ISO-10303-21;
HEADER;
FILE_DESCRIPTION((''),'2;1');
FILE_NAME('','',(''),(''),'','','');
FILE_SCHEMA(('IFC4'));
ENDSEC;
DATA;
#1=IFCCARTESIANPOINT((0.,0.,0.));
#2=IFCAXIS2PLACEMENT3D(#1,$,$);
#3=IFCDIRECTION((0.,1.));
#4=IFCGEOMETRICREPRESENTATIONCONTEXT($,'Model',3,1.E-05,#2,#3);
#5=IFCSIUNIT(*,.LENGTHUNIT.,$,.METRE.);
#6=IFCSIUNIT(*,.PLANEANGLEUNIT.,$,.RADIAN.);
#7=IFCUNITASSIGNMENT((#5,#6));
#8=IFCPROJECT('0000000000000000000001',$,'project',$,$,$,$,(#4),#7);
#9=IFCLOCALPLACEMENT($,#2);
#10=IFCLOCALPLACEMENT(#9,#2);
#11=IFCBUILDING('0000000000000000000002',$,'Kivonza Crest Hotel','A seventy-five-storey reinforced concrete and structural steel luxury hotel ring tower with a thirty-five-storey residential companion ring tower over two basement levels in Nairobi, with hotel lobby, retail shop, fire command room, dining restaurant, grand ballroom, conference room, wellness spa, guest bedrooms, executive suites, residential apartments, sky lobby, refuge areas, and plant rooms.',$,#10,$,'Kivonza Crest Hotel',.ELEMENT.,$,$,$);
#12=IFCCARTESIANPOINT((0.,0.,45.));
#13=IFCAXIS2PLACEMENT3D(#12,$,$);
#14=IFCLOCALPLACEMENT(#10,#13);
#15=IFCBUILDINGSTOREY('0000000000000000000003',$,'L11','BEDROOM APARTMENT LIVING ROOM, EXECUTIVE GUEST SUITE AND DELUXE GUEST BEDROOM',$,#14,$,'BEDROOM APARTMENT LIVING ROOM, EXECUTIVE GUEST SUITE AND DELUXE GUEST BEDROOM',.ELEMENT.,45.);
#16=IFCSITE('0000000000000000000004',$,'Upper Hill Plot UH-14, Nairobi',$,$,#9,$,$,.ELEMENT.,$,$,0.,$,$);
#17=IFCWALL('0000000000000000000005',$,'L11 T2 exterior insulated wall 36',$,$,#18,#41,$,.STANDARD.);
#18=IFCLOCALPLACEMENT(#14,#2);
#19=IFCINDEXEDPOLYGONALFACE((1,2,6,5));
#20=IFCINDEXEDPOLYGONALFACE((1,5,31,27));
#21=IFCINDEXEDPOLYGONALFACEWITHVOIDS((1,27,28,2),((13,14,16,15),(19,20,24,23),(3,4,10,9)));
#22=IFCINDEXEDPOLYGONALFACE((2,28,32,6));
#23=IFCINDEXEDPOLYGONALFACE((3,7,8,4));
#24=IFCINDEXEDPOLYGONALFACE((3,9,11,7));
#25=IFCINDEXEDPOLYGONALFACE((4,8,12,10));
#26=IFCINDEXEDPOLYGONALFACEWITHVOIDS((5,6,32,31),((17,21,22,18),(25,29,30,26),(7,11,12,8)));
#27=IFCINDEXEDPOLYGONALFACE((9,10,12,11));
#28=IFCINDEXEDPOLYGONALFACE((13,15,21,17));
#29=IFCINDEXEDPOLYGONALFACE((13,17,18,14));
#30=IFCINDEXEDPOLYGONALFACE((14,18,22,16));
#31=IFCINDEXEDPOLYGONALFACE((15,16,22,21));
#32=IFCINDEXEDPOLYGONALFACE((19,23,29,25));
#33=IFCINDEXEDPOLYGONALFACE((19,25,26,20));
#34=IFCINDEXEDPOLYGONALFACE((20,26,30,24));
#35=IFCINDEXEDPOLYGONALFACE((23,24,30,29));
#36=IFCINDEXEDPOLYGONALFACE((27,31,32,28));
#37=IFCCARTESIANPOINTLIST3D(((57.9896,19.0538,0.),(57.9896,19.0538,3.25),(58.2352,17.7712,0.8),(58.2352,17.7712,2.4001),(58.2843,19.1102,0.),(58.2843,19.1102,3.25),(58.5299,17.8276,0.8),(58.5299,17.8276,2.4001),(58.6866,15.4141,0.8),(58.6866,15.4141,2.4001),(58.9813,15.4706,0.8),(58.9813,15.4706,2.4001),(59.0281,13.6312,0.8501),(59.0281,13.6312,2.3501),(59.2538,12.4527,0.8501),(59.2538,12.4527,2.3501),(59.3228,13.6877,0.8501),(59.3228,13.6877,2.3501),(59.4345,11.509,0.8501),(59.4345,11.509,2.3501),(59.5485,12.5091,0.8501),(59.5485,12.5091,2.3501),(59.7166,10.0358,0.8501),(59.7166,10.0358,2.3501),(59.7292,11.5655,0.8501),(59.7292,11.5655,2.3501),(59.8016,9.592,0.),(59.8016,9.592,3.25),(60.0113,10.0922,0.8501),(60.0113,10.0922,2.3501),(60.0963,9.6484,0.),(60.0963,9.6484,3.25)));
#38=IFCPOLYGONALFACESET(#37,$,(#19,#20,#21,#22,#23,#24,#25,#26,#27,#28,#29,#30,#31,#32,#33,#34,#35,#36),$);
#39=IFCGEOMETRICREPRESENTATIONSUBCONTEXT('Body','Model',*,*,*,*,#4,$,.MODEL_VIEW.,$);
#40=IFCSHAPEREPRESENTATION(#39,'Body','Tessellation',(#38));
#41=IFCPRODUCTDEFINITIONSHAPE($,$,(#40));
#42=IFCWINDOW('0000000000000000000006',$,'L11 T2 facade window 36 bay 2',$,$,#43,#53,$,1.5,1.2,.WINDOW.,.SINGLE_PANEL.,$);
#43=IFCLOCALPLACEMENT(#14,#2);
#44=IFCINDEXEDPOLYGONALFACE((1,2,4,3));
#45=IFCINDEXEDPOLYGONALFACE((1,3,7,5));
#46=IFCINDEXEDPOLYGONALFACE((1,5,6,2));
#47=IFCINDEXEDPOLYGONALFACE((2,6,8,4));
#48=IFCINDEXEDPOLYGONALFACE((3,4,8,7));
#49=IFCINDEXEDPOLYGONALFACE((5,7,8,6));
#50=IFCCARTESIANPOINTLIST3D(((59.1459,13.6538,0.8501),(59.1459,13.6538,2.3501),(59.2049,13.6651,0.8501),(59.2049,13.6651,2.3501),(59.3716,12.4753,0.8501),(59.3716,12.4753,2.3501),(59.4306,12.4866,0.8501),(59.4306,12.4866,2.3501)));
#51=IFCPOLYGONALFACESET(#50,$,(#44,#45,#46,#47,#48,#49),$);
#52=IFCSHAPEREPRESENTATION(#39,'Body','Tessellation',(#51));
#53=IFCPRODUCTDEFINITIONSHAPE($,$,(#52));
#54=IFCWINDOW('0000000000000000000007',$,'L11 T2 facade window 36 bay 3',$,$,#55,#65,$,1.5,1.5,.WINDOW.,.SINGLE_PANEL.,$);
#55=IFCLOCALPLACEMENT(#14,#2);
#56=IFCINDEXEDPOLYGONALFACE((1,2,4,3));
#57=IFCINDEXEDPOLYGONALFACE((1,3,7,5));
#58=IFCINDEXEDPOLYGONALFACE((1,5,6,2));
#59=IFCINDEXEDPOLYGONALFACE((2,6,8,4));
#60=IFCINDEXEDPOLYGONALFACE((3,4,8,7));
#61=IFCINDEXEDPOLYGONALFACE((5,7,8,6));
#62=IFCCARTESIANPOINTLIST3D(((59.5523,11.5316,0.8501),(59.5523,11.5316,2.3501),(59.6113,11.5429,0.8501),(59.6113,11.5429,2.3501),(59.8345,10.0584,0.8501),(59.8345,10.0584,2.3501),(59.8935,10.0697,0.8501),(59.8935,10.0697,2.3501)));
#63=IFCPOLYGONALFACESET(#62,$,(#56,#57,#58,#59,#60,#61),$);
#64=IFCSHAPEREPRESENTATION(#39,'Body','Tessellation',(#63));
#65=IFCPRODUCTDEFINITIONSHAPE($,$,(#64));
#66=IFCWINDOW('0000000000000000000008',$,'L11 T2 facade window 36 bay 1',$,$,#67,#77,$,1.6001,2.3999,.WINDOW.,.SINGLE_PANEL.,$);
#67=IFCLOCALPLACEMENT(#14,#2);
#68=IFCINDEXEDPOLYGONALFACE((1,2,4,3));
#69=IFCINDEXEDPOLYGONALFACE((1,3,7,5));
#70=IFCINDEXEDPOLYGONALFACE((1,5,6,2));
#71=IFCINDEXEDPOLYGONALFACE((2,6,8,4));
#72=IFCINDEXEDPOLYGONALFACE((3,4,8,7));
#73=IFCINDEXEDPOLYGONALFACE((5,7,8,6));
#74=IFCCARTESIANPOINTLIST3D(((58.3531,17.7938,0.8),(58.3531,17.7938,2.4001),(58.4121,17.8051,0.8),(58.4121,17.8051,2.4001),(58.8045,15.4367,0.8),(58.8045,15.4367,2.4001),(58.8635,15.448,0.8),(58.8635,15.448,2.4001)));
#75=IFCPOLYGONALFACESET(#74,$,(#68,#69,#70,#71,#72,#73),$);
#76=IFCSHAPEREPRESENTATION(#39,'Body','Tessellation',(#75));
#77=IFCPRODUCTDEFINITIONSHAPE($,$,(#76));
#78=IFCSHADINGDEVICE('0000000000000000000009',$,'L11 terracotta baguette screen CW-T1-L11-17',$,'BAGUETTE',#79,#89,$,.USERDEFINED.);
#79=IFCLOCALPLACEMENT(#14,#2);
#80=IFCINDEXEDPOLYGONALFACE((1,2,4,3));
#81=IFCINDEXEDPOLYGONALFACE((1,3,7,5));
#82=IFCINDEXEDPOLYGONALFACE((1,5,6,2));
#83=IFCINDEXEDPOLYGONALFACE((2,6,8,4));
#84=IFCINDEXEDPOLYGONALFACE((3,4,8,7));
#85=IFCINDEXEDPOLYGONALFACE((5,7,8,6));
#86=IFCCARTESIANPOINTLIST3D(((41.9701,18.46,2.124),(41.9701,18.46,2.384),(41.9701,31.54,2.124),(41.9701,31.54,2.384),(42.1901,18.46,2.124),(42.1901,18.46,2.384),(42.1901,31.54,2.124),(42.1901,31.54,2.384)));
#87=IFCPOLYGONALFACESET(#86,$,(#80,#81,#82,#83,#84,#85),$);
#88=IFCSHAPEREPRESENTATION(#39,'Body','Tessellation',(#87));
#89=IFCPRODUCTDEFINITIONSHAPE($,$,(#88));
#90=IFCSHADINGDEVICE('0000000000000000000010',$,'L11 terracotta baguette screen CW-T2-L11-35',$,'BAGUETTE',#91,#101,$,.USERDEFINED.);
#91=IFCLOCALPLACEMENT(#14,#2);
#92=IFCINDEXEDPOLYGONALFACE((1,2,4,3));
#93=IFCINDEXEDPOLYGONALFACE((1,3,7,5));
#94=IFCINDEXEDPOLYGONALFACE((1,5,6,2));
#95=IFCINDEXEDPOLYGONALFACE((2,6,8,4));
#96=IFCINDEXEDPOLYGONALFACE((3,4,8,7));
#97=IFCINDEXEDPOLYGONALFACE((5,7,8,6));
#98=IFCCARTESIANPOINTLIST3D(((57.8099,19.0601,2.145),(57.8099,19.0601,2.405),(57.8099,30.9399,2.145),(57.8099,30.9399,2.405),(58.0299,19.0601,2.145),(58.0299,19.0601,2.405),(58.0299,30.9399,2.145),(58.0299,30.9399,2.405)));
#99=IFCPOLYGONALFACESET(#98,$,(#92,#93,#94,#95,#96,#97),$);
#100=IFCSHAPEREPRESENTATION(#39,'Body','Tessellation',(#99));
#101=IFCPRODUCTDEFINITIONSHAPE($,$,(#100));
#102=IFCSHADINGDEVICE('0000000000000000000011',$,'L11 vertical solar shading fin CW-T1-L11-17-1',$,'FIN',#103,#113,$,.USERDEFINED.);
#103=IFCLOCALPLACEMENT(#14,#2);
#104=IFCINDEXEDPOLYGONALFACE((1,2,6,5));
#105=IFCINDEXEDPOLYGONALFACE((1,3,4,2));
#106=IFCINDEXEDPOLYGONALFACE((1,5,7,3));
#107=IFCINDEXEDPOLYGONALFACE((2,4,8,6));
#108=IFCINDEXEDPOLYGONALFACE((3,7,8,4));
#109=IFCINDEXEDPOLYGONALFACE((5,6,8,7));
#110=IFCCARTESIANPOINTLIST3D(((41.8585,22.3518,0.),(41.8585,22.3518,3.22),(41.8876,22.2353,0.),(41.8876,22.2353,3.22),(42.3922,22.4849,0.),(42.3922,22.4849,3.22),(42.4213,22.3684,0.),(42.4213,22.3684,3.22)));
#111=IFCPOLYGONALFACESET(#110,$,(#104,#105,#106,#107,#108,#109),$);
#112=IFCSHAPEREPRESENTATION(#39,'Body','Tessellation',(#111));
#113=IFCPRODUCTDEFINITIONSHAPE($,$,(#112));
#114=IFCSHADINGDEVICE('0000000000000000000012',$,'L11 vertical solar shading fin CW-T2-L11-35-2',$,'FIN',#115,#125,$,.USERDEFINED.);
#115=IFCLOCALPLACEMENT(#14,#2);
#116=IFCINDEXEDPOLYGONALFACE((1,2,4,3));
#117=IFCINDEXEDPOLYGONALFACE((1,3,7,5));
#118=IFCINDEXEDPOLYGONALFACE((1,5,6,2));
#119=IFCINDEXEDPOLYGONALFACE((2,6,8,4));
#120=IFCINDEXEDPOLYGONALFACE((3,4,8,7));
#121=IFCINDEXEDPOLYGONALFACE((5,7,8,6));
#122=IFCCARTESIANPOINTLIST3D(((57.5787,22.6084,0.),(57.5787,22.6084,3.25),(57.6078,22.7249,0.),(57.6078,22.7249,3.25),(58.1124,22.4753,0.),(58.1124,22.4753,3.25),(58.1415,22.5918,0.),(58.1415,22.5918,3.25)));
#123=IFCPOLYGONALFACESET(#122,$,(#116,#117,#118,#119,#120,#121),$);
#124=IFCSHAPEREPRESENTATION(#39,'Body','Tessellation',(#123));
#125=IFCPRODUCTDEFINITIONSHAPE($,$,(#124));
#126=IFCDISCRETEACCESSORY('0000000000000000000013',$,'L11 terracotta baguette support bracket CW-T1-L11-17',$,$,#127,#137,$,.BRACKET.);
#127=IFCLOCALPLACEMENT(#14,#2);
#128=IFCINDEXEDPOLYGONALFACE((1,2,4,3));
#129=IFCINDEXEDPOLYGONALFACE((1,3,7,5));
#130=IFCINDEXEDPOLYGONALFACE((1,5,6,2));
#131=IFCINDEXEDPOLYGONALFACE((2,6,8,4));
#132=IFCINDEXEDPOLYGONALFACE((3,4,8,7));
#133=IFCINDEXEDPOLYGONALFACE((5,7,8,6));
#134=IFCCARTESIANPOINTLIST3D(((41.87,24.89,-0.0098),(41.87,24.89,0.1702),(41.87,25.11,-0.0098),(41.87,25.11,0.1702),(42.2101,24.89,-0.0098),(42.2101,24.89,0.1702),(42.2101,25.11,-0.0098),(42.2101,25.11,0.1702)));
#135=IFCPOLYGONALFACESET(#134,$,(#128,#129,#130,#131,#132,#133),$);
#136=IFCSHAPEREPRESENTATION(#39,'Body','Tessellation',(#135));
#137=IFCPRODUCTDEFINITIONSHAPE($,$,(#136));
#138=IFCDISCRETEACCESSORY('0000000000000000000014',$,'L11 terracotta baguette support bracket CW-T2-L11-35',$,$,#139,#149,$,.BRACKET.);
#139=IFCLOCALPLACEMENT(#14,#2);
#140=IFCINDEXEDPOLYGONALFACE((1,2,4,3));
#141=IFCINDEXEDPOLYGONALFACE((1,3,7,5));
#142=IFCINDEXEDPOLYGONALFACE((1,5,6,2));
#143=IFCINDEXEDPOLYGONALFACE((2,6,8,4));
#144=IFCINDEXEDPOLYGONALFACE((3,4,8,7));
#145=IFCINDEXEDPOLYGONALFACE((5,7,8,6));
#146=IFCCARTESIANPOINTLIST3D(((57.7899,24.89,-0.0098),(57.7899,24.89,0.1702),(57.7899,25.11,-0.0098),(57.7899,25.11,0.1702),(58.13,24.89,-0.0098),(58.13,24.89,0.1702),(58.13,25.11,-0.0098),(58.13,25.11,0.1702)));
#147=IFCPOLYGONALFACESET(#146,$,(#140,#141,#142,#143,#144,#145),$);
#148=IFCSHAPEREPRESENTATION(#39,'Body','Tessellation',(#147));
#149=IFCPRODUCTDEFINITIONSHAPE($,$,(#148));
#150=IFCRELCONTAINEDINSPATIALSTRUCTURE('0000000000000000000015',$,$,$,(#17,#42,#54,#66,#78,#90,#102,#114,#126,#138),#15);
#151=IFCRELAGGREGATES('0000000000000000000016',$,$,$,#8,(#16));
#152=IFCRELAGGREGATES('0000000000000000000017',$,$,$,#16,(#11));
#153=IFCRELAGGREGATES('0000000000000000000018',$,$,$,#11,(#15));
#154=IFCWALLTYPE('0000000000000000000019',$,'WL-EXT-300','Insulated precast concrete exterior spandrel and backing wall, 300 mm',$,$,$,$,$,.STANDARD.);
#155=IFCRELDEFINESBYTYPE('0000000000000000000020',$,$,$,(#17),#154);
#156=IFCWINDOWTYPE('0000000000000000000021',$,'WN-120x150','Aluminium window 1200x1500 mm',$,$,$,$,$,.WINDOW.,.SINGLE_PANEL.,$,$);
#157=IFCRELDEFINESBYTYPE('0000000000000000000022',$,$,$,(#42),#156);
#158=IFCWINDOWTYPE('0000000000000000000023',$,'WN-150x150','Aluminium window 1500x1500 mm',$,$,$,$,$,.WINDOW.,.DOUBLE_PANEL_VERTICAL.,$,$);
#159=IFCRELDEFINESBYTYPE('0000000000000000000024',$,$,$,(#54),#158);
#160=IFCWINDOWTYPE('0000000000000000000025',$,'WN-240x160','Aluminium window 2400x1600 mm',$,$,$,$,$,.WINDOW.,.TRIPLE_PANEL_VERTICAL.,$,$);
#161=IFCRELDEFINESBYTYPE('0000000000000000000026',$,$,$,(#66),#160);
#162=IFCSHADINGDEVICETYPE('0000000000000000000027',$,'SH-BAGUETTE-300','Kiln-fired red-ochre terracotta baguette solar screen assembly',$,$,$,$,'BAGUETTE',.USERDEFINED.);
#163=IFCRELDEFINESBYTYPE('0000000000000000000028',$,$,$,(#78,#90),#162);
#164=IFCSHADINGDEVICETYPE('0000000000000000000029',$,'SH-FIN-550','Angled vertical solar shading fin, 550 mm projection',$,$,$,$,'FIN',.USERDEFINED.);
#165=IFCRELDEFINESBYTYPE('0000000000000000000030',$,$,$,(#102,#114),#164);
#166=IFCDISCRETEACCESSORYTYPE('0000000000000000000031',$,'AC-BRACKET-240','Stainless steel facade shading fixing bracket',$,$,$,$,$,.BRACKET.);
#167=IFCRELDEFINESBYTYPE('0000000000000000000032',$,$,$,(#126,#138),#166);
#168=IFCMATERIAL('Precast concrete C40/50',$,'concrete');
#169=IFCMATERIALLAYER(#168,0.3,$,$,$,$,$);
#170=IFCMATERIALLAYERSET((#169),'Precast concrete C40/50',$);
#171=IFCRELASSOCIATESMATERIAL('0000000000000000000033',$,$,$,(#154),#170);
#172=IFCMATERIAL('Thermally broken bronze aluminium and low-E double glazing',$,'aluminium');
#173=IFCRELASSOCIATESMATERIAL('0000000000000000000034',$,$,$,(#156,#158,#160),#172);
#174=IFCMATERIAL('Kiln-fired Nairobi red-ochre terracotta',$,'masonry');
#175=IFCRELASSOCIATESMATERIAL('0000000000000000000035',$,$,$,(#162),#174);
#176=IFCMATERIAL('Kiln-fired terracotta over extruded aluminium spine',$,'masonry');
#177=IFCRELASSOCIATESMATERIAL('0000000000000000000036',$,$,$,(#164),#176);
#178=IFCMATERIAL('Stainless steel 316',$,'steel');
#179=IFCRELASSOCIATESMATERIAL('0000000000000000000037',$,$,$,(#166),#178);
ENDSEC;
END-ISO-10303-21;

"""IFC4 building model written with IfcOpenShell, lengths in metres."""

from ifc_helpers import new_model, si_unit, direction, frame, frame_2d, origin, origin_2d, place, context, subcontext, project, spatial, rectangle, extrude, material, layer, layer_set, type_object, element, fill, save


model = new_model("IFC4")

# Units and contexts
model_context = context("Model", 3, precision=1e-05, world=origin(), true_north=direction((0.0, 1.0)))
body_context = subcontext(model_context, "Body", "Model", "MODEL_VIEW")
ifc_project = project(units=[si_unit("LENGTHUNIT", "METRE"), si_unit("PLANEANGLEUNIT", "RADIAN")], contexts=[model_context])

# Site, building, storey
site_placement = place(None, origin())
site = spatial("IfcSite", under=ifc_project, at=site_placement, Name="Upper Hill Plot UH-14, Nairobi", CompositionType="ELEMENT", RefElevation=0.0)
building_placement = place(site_placement, origin())
building = spatial("IfcBuilding", under=site, at=building_placement, Name="Kivonza Crest Hotel", Description="A seventy-five-storey reinforced concrete and structural steel luxury hotel ring tower with a thirty-five-storey residential companion ring tower over two basement levels in Nairobi, with hotel lobby, retail shop, fire command room, dining restaurant, grand ballroom, conference room, wellness spa, guest bedrooms, executive suites, residential apartments, sky lobby, refuge areas, and plant rooms.", LongName="Kivonza Crest Hotel", CompositionType="ELEMENT")
storey_placement = place(building_placement, frame((0.0, 0.0, 45.0)))
storey = spatial("IfcBuildingStorey", under=building, at=storey_placement, Name="L11", Description="BEDROOM APARTMENT LIVING ROOM, EXECUTIVE GUEST SUITE AND DELUXE GUEST BEDROOM", LongName="BEDROOM APARTMENT LIVING ROOM, EXECUTIVE GUEST SUITE AND DELUXE GUEST BEDROOM", CompositionType="ELEMENT", Elevation=45.0)

# Wall, openings, windows
ifc_material_1 = material(Name="Precast concrete C40/50", Category="concrete")
ifc_layer_1 = layer(ifc_material_1, 0.3)
ifc_layer_set_1 = layer_set([ifc_layer_1], Name="Precast concrete C40/50")
wall_type_1 = type_object("IfcWallType", Name="WL-EXT-300", Description="Insulated precast concrete exterior spandrel and backing wall, 300 mm", PredefinedType="STANDARD", material=ifc_layer_set_1)
wall_1_placement = place(storey_placement, frame((58.137, 19.082, 0.0), z_axis=(0.0, 0.0, 1.0), x_axis=(0.188088, -0.982152, 0.0)))
wall_1 = element("IfcWall", 1, at=wall_1_placement, inside=storey, type_object=wall_type_1, Name="L11 T2 exterior insulated wall 36", PredefinedType="STANDARD", context=body_context, shape_type="SweptSolid", body=[
    extrude(rectangle(XDim=9.6338, YDim=0.3, at=frame_2d((4.8169, 0.0))), origin(), (0.0, 0.0, 1.0), 3.25),
])
opening_1_placement = place(wall_1_placement, frame((1.3059, 0.0, 0.8)))
opening_1 = element("IfcOpeningElement", 2, at=opening_1_placement, cuts=wall_1, PredefinedType="OPENING", context=body_context, shape_type="SweptSolid", body=[
    extrude(rectangle(XDim=2.3999, YDim=1.6001, at=frame_2d((1.2, 0.8))), frame((0.0, 0.1602, 0.0), z_axis=(0.0, -1.0, 0.0), x_axis=(1.0, 0.0, 0.0)), (0.0, 0.0, 1.0), 0.3201),
])
opening_2_placement = place(wall_1_placement, frame((5.521, 0.0, 0.8501)))
opening_2 = element("IfcOpeningElement", 3, at=opening_2_placement, cuts=wall_1, PredefinedType="OPENING", context=body_context, shape_type="SweptSolid", body=[
    extrude(rectangle(XDim=1.2, YDim=1.5, at=frame_2d((0.6001, 0.75))), frame((0.0, 0.1602, 0.0), z_axis=(0.0, -1.0, 0.0), x_axis=(1.0, 0.0, 0.0)), (0.0, 0.0, 1.0), 0.3201),
])
opening_3_placement = place(wall_1_placement, frame((7.6819, 0.0, 0.8501)))
opening_3 = element("IfcOpeningElement", 4, at=opening_3_placement, cuts=wall_1, PredefinedType="OPENING", context=body_context, shape_type="SweptSolid", body=[
    extrude(rectangle(XDim=1.5, YDim=1.5, at=frame_2d((0.75, 0.75))), frame((0.0, 0.1602, 0.0), z_axis=(0.0, -1.0, 0.0), x_axis=(1.0, 0.0, 0.0)), (0.0, 0.0, 1.0), 0.3201),
])
ifc_material_2 = material(Name="Thermally broken bronze aluminium and low-E double glazing", Category="aluminium")
window_type_1 = type_object("IfcWindowType", Name="WN-120x150", Description="Aluminium window 1200x1500 mm", PartitioningType="SINGLE_PANEL", PredefinedType="WINDOW", material=ifc_material_2)
window_1_placement = place(opening_2_placement, origin())
window_1 = element("IfcWindow", 5, at=window_1_placement, inside=storey, type_object=window_type_1, Name="L11 T2 facade window 36 bay 2", OverallHeight=1.5, OverallWidth=1.2, PartitioningType="SINGLE_PANEL", PredefinedType="WINDOW", context=body_context, shape_type="SweptSolid", body=[
    extrude(rectangle(XDim=1.2, YDim=1.5, at=frame_2d((0.6001, 0.75))), frame((0.0, 0.03, 0.0), z_axis=(0.0, -1.0, 0.0), x_axis=(1.0, 0.0, 0.0)), (0.0, 0.0, 1.0), 0.0601),
])
fill(opening_2, window_1)
window_type_2 = type_object("IfcWindowType", Name="WN-150x150", Description="Aluminium window 1500x1500 mm", PartitioningType="DOUBLE_PANEL_VERTICAL", PredefinedType="WINDOW", material=ifc_material_2)
window_2_placement = place(opening_3_placement, origin())
window_2 = element("IfcWindow", 6, at=window_2_placement, inside=storey, type_object=window_type_2, Name="L11 T2 facade window 36 bay 3", OverallHeight=1.5, OverallWidth=1.5, PartitioningType="SINGLE_PANEL", PredefinedType="WINDOW", context=body_context, shape_type="SweptSolid", body=[
    extrude(rectangle(XDim=1.5, YDim=1.5, at=frame_2d((0.75, 0.75))), frame((0.0, 0.03, 0.0), z_axis=(0.0, -1.0, 0.0), x_axis=(1.0, 0.0, 0.0)), (0.0, 0.0, 1.0), 0.0601),
])
fill(opening_3, window_2)
window_type_3 = type_object("IfcWindowType", Name="WN-240x160", Description="Aluminium window 2400x1600 mm", PartitioningType="TRIPLE_PANEL_VERTICAL", PredefinedType="WINDOW", material=ifc_material_2)
window_3_placement = place(opening_1_placement, origin())
window_3 = element("IfcWindow", 7, at=window_3_placement, inside=storey, type_object=window_type_3, Name="L11 T2 facade window 36 bay 1", OverallHeight=1.6001, OverallWidth=2.3999, PartitioningType="SINGLE_PANEL", PredefinedType="WINDOW", context=body_context, shape_type="SweptSolid", body=[
    extrude(rectangle(XDim=2.3999, YDim=1.6001, at=frame_2d((1.2, 0.8))), frame((0.0, 0.03, 0.0), z_axis=(0.0, -1.0, 0.0), x_axis=(1.0, 0.0, 0.0)), (0.0, 0.0, 1.0), 0.0601),
])
fill(opening_1, window_3)

# Shading devices
ifc_material_3 = material(Name="Kiln-fired Nairobi red-ochre terracotta", Category="masonry")
shading_device_type_1 = type_object("IfcShadingDeviceType", Name="SH-BAGUETTE-300", Description="Kiln-fired red-ochre terracotta baguette solar screen assembly", ElementType="BAGUETTE", PredefinedType="USERDEFINED", material=ifc_material_3)
shading_device_1_placement = place(storey_placement, frame((42.0801, 25.0, 2.124), z_axis=(0.0, 0.0, 1.0), x_axis=(0.0, 1.0, 0.0)))
element("IfcShadingDevice", 8, at=shading_device_1_placement, inside=storey, type_object=shading_device_type_1, Name="L11 terracotta baguette screen CW-T1-L11-17", ObjectType="BAGUETTE", PredefinedType="USERDEFINED", context=body_context, shape_type="SweptSolid", body=[
    extrude(rectangle(XDim=13.0801, YDim=0.22, at=origin_2d()), origin(), (0.0, 0.0, 1.0), 0.26),
])
shading_device_2_placement = place(storey_placement, frame((57.9199, 25.0, 2.145), z_axis=(0.0, 0.0, 1.0), x_axis=(0.0, -1.0, 0.0)))
element("IfcShadingDevice", 9, at=shading_device_2_placement, inside=storey, type_object=shading_device_type_1, Name="L11 terracotta baguette screen CW-T2-L11-35", ObjectType="BAGUETTE", PredefinedType="USERDEFINED", context=body_context, shape_type="SweptSolid", body=[
    extrude(rectangle(XDim=11.8799, YDim=0.22, at=origin_2d()), origin(), (0.0, 0.0, 1.0), 0.26),
])
ifc_material_4 = material(Name="Kiln-fired terracotta over extruded aluminium spine", Category="masonry")
shading_device_type_2 = type_object("IfcShadingDeviceType", Name="SH-FIN-550", Description="Angled vertical solar shading fin, 550 mm projection", ElementType="FIN", PredefinedType="USERDEFINED", material=ifc_material_4)
shading_device_3_placement = place(storey_placement, frame((42.1399, 22.3601, 0.0), z_axis=(0.0, 0.0, 1.0), x_axis=(-0.241922, 0.970296, 0.0)))
element("IfcShadingDevice", 10, at=shading_device_3_placement, inside=storey, type_object=shading_device_type_2, Name="L11 vertical solar shading fin CW-T1-L11-17-1", ObjectType="FIN", PredefinedType="USERDEFINED", context=body_context, shape_type="SweptSolid", body=[
    extrude(rectangle(XDim=0.1201, YDim=0.55, at=origin_2d()), origin(), (0.0, 0.0, 1.0), 3.22),
])
shading_device_4_placement = place(storey_placement, frame((57.8601, 22.6001, 0.0), z_axis=(0.0, 0.0, 1.0), x_axis=(-0.241922, -0.970296, 0.0)))
element("IfcShadingDevice", 11, at=shading_device_4_placement, inside=storey, type_object=shading_device_type_2, Name="L11 vertical solar shading fin CW-T2-L11-35-2", ObjectType="FIN", PredefinedType="USERDEFINED", context=body_context, shape_type="SweptSolid", body=[
    extrude(rectangle(XDim=0.1201, YDim=0.55, at=origin_2d()), origin(), (0.0, 0.0, 1.0), 3.25),
])

# Discrete accessories
ifc_material_5 = material(Name="Stainless steel 316", Category="steel")
discrete_accessory_type = type_object("IfcDiscreteAccessoryType", Name="AC-BRACKET-240", Description="Stainless steel facade shading fixing bracket", PredefinedType="BRACKET", material=ifc_material_5)
for number, where, z_axis, x_axis, name in (
    (12, (42.04, 25.0, -0.0098), (0.0, 0.0, 1.0), (0.0, 1.0, 0.0), "L11 terracotta baguette support bracket CW-T1-L11-17"),
    (13, (57.96, 25.0, -0.0098), (0.0, 0.0, 1.0), (0.0, -1.0, 0.0), "L11 terracotta baguette support bracket CW-T2-L11-35"),
):
    element("IfcDiscreteAccessory", number, at=place(storey_placement, frame(where, z_axis=z_axis, x_axis=x_axis)), inside=storey, type_object=discrete_accessory_type, Name=name, PredefinedType="BRACKET", context=body_context, shape_type="SweptSolid", body=[
        extrude(rectangle(XDim=0.22, YDim=0.3401, at=origin_2d()), origin(), (0.0, 0.0, 1.0), 0.1799),
    ])

save(model, "model.ifc")
